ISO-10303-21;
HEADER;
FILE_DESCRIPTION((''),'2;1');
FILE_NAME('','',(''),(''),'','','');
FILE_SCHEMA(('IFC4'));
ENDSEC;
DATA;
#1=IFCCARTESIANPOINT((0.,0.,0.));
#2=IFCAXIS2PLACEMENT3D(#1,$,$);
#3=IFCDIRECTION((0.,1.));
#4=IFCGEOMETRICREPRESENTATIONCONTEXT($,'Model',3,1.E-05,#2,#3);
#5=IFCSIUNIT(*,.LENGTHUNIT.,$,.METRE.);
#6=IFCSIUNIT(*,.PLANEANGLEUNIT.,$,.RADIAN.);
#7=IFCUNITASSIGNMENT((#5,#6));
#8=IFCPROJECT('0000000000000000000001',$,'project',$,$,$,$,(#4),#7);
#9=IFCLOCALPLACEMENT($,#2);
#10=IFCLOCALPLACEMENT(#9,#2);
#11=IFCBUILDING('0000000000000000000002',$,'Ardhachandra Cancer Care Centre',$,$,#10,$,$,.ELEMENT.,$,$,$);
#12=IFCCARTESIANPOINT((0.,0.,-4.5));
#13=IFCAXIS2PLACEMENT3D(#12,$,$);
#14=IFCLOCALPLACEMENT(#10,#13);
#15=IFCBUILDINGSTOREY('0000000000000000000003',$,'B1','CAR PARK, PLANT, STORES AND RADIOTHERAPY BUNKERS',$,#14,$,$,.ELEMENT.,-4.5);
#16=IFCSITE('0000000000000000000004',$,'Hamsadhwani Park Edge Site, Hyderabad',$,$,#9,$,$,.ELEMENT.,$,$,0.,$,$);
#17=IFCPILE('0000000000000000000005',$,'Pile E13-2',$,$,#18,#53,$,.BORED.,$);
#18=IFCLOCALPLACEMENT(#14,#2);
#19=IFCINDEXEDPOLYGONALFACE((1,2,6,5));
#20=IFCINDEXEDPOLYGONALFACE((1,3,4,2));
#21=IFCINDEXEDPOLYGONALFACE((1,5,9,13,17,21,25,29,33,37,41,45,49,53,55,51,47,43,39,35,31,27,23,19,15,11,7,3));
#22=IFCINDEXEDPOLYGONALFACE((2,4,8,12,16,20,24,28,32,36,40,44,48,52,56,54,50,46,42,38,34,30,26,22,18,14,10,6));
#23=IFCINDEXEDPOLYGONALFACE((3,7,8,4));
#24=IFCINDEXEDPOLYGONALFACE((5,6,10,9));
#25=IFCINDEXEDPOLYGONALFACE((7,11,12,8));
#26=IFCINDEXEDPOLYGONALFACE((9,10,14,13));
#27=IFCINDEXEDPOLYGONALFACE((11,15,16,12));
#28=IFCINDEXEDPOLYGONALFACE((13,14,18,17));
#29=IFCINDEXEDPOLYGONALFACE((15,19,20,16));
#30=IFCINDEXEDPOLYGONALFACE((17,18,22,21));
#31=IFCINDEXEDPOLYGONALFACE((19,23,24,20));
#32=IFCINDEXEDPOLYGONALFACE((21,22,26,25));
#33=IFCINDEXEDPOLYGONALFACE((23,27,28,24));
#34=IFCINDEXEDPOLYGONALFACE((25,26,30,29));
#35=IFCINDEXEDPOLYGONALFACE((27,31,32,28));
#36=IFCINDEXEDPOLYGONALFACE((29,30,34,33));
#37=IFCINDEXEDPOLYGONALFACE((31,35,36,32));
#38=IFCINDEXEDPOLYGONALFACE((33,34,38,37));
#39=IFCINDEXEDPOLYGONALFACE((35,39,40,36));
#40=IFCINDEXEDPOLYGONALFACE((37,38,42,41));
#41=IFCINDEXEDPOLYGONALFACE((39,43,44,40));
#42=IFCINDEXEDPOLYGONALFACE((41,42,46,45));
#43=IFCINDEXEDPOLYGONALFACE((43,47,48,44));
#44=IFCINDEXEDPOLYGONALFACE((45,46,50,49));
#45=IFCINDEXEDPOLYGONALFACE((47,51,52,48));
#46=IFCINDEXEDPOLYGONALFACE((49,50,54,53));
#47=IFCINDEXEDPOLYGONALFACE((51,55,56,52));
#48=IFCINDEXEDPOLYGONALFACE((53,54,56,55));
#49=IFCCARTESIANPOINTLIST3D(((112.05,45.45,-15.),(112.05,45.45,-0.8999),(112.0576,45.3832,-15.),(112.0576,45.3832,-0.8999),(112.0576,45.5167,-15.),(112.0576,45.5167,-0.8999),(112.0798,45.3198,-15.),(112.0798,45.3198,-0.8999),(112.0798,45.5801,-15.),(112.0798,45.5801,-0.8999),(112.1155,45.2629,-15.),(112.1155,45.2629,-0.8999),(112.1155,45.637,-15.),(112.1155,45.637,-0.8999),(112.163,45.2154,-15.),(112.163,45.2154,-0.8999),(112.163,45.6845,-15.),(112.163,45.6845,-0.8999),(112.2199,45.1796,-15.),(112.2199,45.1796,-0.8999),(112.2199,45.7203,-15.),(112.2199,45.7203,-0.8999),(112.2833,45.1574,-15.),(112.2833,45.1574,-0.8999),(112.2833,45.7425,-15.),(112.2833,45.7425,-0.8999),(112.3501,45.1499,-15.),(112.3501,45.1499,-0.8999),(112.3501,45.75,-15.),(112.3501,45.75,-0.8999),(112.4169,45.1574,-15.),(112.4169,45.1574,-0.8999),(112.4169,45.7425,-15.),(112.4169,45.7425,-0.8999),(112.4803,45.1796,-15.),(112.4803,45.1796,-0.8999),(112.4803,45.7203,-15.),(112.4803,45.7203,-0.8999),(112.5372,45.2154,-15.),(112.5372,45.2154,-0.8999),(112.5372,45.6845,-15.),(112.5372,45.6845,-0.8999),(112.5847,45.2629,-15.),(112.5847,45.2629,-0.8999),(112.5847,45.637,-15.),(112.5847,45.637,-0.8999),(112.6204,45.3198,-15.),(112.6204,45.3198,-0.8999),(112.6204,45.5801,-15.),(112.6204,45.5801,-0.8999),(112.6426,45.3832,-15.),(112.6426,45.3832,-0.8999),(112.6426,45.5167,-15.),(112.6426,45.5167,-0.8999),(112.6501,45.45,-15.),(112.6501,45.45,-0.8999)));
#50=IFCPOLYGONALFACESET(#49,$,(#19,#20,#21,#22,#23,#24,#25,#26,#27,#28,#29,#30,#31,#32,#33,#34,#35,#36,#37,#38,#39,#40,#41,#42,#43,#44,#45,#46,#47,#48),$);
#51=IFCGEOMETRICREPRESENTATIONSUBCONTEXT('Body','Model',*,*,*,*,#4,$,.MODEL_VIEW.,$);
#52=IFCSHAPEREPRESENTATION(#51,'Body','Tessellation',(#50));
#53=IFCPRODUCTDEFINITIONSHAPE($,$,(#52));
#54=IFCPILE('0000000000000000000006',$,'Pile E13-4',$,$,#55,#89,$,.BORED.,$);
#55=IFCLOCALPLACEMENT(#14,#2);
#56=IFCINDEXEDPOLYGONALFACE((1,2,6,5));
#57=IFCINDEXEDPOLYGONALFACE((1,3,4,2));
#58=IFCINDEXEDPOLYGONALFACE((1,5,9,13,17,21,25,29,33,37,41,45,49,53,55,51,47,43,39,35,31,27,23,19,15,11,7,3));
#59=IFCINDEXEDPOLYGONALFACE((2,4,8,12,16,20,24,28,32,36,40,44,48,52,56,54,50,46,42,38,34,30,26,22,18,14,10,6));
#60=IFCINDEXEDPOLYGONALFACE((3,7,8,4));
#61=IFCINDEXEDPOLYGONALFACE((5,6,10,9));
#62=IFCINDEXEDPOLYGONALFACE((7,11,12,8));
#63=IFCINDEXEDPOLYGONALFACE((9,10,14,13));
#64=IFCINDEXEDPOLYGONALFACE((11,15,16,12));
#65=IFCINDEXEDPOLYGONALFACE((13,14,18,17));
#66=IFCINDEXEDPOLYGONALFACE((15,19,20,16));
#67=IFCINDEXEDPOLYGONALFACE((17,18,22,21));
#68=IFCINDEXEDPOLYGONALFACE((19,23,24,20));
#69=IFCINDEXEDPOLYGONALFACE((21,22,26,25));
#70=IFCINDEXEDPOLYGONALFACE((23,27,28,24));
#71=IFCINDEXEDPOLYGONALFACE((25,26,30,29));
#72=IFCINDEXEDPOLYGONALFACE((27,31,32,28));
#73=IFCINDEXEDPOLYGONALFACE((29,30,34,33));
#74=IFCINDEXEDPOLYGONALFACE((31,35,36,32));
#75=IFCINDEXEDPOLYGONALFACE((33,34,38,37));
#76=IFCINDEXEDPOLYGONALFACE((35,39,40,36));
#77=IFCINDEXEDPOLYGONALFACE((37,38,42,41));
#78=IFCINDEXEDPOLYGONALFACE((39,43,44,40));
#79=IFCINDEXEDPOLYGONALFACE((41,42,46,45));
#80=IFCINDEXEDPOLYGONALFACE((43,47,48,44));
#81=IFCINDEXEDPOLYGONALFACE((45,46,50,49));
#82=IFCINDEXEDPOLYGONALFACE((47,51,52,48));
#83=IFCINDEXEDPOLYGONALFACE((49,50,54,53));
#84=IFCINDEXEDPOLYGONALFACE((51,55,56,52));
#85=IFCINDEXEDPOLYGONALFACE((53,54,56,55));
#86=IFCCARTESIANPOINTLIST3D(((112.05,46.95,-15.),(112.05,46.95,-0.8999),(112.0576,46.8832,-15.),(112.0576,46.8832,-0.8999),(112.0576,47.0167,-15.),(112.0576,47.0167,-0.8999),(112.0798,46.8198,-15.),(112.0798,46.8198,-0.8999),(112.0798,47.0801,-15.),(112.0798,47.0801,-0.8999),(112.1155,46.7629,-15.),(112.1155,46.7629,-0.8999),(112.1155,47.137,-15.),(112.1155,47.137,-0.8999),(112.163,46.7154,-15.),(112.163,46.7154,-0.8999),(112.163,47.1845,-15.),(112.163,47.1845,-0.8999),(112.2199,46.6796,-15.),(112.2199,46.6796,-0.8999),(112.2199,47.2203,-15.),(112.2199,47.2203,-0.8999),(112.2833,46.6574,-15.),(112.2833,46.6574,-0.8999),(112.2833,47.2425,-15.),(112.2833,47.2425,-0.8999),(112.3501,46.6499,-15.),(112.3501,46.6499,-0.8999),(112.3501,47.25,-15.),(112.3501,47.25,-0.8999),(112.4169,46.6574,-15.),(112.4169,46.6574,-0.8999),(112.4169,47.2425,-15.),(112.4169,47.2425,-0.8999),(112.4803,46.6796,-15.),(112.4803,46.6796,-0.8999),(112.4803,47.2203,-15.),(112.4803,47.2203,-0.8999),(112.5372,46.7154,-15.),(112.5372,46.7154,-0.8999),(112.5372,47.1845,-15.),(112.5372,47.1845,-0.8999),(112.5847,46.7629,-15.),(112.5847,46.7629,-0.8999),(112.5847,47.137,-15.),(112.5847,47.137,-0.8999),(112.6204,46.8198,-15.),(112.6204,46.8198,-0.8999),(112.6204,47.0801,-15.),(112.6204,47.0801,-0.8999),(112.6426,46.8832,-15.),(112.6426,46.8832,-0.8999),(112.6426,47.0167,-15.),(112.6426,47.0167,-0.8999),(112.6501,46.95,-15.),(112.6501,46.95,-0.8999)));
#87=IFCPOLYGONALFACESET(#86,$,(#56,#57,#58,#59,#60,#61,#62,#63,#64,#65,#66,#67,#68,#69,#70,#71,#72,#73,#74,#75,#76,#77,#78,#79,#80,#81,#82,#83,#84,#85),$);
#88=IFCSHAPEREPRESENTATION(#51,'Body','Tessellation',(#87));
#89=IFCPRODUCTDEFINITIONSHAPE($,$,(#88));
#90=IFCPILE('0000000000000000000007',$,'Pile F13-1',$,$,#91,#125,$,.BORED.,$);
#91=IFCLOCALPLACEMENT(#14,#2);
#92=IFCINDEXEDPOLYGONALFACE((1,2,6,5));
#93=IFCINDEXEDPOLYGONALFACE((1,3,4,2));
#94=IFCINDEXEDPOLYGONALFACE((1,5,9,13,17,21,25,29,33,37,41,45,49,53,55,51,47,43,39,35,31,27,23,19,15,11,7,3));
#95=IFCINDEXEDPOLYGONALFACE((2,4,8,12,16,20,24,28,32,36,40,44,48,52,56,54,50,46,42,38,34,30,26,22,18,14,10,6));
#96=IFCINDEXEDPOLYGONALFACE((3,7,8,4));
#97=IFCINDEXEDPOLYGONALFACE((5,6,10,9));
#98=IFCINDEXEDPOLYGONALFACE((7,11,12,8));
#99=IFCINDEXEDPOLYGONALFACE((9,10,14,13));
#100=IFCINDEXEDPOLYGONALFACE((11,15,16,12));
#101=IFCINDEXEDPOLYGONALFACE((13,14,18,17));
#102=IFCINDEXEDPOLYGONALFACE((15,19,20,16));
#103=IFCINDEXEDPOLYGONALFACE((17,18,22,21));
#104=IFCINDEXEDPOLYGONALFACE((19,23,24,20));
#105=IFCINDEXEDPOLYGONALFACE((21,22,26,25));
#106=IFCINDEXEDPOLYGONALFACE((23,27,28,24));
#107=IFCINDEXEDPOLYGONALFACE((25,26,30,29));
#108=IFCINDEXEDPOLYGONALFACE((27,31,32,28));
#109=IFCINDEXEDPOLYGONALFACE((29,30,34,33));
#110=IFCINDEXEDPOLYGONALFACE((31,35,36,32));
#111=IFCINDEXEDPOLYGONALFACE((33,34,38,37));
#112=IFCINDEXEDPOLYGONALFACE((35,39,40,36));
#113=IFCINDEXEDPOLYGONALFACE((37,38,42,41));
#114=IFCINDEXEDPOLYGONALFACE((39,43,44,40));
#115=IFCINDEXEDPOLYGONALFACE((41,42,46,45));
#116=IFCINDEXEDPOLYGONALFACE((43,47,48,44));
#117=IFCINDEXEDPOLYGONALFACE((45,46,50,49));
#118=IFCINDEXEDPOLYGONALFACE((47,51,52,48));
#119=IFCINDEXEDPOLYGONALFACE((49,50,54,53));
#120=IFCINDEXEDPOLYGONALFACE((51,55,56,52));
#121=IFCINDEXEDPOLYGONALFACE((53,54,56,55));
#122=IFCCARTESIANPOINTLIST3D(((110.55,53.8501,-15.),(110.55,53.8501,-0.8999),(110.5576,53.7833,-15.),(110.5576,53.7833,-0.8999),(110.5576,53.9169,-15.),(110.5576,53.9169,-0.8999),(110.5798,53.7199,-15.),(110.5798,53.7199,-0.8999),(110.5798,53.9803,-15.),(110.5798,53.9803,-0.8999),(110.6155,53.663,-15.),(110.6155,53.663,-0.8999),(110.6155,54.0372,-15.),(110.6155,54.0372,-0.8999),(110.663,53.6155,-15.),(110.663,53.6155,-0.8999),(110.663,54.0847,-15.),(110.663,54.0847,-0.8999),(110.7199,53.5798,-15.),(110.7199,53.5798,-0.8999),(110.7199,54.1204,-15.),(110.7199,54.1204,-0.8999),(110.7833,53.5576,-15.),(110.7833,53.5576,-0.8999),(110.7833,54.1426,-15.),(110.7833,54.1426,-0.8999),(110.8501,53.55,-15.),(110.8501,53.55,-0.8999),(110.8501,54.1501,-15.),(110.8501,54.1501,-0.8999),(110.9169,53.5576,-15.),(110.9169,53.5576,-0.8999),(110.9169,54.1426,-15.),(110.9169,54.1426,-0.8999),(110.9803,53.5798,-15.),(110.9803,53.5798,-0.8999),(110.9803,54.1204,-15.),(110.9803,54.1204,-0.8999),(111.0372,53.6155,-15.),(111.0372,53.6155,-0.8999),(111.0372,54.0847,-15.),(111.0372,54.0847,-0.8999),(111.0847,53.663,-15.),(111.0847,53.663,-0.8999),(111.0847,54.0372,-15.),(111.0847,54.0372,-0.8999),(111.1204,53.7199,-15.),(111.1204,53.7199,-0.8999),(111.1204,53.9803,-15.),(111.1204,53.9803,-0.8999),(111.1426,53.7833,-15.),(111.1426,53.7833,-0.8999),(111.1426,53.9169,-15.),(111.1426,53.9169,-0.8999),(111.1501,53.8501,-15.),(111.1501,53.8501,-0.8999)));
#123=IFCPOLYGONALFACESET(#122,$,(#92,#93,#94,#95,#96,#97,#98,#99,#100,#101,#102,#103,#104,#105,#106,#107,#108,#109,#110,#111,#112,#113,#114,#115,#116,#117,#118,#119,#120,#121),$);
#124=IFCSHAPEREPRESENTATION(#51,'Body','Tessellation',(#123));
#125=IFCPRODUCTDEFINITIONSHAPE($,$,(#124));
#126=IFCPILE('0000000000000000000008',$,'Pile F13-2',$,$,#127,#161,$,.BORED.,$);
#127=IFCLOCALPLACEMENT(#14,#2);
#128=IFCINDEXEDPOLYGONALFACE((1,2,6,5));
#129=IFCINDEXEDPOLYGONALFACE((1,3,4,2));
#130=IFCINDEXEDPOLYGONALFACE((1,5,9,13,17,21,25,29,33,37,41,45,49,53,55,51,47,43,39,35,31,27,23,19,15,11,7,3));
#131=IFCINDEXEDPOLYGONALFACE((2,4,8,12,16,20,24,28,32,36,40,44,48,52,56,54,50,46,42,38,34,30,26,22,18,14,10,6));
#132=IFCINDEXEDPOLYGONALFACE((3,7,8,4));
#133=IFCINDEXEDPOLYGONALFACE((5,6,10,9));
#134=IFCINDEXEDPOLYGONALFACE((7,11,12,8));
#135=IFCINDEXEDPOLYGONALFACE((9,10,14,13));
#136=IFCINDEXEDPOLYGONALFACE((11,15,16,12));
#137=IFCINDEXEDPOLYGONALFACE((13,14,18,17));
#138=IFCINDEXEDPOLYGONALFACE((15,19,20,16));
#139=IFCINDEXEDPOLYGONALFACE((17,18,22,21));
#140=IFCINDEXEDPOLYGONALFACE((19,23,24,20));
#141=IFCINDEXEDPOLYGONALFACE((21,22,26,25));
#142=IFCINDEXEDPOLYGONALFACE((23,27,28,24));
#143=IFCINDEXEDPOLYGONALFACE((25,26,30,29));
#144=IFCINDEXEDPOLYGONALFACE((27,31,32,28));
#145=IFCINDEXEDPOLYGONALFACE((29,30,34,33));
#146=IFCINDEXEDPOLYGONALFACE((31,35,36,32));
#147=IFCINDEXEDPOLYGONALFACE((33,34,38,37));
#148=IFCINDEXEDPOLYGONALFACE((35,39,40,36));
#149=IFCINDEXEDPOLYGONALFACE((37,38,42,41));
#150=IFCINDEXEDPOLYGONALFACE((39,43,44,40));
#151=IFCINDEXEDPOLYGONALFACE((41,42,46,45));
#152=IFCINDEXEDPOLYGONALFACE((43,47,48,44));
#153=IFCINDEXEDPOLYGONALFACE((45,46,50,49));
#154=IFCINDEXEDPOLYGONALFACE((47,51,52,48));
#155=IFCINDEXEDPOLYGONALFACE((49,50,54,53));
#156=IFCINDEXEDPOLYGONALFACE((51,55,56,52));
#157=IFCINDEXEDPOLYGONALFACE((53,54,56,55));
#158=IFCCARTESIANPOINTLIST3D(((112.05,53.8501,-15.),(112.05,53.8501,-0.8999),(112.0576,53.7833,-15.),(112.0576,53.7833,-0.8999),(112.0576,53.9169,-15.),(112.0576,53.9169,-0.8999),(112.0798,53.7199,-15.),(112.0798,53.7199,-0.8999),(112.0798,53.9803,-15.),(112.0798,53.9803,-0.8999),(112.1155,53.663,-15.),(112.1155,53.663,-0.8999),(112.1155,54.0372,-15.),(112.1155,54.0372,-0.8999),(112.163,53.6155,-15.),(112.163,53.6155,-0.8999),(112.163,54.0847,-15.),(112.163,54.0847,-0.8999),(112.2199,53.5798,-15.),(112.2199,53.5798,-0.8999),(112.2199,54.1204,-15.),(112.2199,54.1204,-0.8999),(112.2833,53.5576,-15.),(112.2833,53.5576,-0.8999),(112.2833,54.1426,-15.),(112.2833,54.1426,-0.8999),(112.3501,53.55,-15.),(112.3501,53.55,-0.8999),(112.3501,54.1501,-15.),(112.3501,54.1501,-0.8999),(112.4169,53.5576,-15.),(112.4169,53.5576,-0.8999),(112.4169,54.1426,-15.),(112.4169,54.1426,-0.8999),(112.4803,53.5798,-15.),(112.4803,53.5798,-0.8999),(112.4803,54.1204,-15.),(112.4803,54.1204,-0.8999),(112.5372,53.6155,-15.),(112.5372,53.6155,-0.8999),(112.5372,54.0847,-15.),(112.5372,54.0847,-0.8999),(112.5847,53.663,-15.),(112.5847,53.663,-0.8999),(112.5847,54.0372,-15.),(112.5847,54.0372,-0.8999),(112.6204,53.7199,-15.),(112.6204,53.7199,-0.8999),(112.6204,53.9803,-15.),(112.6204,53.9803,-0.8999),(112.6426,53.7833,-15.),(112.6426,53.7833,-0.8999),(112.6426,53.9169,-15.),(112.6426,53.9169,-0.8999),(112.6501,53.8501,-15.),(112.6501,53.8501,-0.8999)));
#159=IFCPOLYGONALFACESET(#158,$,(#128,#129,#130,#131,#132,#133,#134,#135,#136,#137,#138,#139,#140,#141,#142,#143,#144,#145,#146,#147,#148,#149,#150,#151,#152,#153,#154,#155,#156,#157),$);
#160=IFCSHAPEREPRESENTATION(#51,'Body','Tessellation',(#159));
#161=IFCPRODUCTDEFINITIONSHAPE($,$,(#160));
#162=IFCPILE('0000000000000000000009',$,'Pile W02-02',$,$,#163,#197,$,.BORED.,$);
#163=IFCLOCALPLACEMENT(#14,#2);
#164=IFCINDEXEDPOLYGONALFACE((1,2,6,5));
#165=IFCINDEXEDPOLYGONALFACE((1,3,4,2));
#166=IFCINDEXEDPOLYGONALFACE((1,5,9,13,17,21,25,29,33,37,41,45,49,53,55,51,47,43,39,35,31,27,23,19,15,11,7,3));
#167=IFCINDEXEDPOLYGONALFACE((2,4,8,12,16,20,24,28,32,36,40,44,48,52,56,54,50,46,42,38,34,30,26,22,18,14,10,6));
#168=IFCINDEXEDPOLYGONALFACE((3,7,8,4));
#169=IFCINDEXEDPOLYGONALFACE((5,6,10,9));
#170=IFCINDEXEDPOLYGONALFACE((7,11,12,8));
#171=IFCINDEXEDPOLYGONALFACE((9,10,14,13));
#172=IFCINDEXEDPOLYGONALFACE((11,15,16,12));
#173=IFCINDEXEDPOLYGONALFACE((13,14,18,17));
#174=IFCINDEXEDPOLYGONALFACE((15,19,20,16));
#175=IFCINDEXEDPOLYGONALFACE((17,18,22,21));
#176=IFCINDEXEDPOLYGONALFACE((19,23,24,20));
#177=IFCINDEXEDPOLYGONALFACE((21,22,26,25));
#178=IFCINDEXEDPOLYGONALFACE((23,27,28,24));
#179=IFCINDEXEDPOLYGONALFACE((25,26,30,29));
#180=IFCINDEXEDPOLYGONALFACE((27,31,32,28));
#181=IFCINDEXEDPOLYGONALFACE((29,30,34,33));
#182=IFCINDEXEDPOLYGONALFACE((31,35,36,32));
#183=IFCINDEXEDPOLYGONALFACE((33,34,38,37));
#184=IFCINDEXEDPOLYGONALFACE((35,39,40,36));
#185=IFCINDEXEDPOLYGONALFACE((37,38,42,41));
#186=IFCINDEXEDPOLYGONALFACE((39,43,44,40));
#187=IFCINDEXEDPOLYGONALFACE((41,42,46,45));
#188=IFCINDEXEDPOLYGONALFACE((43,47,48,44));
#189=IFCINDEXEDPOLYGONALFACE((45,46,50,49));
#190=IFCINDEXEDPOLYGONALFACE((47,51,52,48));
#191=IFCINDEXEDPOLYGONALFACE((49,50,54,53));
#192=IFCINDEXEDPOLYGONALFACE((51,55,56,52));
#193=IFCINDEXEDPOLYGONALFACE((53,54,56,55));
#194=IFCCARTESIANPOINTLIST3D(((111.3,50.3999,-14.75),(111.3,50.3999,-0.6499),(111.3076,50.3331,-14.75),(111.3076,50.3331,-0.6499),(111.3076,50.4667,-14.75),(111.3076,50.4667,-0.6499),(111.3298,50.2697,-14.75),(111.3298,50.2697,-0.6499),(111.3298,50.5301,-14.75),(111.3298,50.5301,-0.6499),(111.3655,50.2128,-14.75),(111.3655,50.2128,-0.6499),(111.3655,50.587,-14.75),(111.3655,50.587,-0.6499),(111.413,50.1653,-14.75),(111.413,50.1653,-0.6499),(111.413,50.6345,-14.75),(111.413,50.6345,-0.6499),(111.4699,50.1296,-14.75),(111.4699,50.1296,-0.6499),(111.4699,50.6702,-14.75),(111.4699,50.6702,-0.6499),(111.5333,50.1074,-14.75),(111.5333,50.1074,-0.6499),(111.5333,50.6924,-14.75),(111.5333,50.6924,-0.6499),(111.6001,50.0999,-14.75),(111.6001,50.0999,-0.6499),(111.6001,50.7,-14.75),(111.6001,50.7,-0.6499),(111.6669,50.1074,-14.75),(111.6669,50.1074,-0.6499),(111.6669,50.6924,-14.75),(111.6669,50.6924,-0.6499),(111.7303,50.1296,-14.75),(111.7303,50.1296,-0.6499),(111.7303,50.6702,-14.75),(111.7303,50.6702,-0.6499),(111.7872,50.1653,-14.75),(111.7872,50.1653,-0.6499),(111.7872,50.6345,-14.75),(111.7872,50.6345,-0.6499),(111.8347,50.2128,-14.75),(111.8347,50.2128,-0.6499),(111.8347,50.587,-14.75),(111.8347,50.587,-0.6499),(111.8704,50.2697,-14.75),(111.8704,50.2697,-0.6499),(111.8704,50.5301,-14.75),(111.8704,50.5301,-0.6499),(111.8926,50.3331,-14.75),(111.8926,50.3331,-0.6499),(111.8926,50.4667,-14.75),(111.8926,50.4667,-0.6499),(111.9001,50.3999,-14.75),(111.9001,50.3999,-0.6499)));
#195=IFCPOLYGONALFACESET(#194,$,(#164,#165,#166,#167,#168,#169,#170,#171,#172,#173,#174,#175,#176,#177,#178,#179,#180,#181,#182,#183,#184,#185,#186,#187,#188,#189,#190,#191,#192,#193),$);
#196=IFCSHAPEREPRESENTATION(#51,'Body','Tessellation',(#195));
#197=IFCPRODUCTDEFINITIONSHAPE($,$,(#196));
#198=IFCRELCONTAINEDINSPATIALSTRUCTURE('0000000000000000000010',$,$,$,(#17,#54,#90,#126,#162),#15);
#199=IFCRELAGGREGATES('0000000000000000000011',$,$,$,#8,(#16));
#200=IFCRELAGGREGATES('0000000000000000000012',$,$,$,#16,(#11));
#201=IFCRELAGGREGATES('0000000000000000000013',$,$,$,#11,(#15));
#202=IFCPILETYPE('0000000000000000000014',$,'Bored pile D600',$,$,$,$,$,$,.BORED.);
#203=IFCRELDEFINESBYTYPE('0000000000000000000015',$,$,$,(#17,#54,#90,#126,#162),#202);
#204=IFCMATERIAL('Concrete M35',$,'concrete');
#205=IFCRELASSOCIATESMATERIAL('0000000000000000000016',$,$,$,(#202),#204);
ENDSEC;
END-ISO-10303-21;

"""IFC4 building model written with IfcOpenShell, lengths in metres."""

from ifc_helpers import new_model, si_unit, direction, frame, origin, origin_2d, place, context, subcontext, project, spatial, circle, extrude, material, material_profile, profile_set, type_object, element, save


model = new_model("IFC4")

# Units and contexts
model_context = context("Model", 3, precision=1e-05, world=origin(), true_north=direction((0.0, 1.0)))
body_context = subcontext(model_context, "Body", "Model", "MODEL_VIEW")
ifc_project = project(units=[si_unit("LENGTHUNIT", "METRE"), si_unit("PLANEANGLEUNIT", "RADIAN")], contexts=[model_context])

# Site, building, storey
site_placement = place(None, origin())
site = spatial("IfcSite", under=ifc_project, at=site_placement, Name="Hamsadhwani Park Edge Site, Hyderabad", CompositionType="ELEMENT", RefElevation=0.0)
building_placement = place(site_placement, origin())
building = spatial("IfcBuilding", under=site, at=building_placement, Name="Ardhachandra Cancer Care Centre", CompositionType="ELEMENT")
storey_placement = place(building_placement, frame((0.0, 0.0, -4.5)))
storey = spatial("IfcBuildingStorey", under=building, at=storey_placement, Name="B1", Description="CAR PARK, PLANT, STORES AND RADIOTHERAPY BUNKERS", CompositionType="ELEMENT", Elevation=-4.5)

# Piles
ifc_material_1 = material(Name="Concrete M35", Category="concrete")
ifc_material_profile_1 = material_profile(ifc_material_1, circle(Radius=0.3, at=origin_2d()), Name="D600")
ifc_profile_set_1 = profile_set([ifc_material_profile_1], Name="Concrete M35")
pile_type_1 = type_object("IfcPileType", Name="Bored pile D600", PredefinedType="BORED", material=ifc_profile_set_1)
for number, where, z_axis, x_axis, name in (
    (1, (112.3501, 45.45, -0.8999), (0.0, 0.0, -1.0), (1.0, 0.0, 0.0), "Pile E13-2"),
    (2, (112.3501, 46.95, -0.8999), (0.0, 0.0, -1.0), (1.0, 0.0, 0.0), "Pile E13-4"),
    (3, (110.8501, 53.8501, -0.8999), (0.0, 0.0, -1.0), (1.0, 0.0, 0.0), "Pile F13-1"),
    (4, (112.3501, 53.8501, -0.8999), (0.0, 0.0, -1.0), (1.0, 0.0, 0.0), "Pile F13-2"),
    (5, (111.6001, 50.3999, -0.6499), (0.0, 0.0, -1.0), (1.0, 0.0, 0.0), "Pile W02-02"),
):
    element("IfcPile", number, at=place(storey_placement, frame(where, z_axis=z_axis, x_axis=x_axis)), inside=storey, type_object=pile_type_1, Name=name, PredefinedType="BORED", context=body_context, shape_type="SweptSolid", body=[
        extrude(circle(Radius=0.3, at=origin_2d()), origin(), (0.0, 0.0, 1.0), 14.1001),
    ])

save(model, "model.ifc")
